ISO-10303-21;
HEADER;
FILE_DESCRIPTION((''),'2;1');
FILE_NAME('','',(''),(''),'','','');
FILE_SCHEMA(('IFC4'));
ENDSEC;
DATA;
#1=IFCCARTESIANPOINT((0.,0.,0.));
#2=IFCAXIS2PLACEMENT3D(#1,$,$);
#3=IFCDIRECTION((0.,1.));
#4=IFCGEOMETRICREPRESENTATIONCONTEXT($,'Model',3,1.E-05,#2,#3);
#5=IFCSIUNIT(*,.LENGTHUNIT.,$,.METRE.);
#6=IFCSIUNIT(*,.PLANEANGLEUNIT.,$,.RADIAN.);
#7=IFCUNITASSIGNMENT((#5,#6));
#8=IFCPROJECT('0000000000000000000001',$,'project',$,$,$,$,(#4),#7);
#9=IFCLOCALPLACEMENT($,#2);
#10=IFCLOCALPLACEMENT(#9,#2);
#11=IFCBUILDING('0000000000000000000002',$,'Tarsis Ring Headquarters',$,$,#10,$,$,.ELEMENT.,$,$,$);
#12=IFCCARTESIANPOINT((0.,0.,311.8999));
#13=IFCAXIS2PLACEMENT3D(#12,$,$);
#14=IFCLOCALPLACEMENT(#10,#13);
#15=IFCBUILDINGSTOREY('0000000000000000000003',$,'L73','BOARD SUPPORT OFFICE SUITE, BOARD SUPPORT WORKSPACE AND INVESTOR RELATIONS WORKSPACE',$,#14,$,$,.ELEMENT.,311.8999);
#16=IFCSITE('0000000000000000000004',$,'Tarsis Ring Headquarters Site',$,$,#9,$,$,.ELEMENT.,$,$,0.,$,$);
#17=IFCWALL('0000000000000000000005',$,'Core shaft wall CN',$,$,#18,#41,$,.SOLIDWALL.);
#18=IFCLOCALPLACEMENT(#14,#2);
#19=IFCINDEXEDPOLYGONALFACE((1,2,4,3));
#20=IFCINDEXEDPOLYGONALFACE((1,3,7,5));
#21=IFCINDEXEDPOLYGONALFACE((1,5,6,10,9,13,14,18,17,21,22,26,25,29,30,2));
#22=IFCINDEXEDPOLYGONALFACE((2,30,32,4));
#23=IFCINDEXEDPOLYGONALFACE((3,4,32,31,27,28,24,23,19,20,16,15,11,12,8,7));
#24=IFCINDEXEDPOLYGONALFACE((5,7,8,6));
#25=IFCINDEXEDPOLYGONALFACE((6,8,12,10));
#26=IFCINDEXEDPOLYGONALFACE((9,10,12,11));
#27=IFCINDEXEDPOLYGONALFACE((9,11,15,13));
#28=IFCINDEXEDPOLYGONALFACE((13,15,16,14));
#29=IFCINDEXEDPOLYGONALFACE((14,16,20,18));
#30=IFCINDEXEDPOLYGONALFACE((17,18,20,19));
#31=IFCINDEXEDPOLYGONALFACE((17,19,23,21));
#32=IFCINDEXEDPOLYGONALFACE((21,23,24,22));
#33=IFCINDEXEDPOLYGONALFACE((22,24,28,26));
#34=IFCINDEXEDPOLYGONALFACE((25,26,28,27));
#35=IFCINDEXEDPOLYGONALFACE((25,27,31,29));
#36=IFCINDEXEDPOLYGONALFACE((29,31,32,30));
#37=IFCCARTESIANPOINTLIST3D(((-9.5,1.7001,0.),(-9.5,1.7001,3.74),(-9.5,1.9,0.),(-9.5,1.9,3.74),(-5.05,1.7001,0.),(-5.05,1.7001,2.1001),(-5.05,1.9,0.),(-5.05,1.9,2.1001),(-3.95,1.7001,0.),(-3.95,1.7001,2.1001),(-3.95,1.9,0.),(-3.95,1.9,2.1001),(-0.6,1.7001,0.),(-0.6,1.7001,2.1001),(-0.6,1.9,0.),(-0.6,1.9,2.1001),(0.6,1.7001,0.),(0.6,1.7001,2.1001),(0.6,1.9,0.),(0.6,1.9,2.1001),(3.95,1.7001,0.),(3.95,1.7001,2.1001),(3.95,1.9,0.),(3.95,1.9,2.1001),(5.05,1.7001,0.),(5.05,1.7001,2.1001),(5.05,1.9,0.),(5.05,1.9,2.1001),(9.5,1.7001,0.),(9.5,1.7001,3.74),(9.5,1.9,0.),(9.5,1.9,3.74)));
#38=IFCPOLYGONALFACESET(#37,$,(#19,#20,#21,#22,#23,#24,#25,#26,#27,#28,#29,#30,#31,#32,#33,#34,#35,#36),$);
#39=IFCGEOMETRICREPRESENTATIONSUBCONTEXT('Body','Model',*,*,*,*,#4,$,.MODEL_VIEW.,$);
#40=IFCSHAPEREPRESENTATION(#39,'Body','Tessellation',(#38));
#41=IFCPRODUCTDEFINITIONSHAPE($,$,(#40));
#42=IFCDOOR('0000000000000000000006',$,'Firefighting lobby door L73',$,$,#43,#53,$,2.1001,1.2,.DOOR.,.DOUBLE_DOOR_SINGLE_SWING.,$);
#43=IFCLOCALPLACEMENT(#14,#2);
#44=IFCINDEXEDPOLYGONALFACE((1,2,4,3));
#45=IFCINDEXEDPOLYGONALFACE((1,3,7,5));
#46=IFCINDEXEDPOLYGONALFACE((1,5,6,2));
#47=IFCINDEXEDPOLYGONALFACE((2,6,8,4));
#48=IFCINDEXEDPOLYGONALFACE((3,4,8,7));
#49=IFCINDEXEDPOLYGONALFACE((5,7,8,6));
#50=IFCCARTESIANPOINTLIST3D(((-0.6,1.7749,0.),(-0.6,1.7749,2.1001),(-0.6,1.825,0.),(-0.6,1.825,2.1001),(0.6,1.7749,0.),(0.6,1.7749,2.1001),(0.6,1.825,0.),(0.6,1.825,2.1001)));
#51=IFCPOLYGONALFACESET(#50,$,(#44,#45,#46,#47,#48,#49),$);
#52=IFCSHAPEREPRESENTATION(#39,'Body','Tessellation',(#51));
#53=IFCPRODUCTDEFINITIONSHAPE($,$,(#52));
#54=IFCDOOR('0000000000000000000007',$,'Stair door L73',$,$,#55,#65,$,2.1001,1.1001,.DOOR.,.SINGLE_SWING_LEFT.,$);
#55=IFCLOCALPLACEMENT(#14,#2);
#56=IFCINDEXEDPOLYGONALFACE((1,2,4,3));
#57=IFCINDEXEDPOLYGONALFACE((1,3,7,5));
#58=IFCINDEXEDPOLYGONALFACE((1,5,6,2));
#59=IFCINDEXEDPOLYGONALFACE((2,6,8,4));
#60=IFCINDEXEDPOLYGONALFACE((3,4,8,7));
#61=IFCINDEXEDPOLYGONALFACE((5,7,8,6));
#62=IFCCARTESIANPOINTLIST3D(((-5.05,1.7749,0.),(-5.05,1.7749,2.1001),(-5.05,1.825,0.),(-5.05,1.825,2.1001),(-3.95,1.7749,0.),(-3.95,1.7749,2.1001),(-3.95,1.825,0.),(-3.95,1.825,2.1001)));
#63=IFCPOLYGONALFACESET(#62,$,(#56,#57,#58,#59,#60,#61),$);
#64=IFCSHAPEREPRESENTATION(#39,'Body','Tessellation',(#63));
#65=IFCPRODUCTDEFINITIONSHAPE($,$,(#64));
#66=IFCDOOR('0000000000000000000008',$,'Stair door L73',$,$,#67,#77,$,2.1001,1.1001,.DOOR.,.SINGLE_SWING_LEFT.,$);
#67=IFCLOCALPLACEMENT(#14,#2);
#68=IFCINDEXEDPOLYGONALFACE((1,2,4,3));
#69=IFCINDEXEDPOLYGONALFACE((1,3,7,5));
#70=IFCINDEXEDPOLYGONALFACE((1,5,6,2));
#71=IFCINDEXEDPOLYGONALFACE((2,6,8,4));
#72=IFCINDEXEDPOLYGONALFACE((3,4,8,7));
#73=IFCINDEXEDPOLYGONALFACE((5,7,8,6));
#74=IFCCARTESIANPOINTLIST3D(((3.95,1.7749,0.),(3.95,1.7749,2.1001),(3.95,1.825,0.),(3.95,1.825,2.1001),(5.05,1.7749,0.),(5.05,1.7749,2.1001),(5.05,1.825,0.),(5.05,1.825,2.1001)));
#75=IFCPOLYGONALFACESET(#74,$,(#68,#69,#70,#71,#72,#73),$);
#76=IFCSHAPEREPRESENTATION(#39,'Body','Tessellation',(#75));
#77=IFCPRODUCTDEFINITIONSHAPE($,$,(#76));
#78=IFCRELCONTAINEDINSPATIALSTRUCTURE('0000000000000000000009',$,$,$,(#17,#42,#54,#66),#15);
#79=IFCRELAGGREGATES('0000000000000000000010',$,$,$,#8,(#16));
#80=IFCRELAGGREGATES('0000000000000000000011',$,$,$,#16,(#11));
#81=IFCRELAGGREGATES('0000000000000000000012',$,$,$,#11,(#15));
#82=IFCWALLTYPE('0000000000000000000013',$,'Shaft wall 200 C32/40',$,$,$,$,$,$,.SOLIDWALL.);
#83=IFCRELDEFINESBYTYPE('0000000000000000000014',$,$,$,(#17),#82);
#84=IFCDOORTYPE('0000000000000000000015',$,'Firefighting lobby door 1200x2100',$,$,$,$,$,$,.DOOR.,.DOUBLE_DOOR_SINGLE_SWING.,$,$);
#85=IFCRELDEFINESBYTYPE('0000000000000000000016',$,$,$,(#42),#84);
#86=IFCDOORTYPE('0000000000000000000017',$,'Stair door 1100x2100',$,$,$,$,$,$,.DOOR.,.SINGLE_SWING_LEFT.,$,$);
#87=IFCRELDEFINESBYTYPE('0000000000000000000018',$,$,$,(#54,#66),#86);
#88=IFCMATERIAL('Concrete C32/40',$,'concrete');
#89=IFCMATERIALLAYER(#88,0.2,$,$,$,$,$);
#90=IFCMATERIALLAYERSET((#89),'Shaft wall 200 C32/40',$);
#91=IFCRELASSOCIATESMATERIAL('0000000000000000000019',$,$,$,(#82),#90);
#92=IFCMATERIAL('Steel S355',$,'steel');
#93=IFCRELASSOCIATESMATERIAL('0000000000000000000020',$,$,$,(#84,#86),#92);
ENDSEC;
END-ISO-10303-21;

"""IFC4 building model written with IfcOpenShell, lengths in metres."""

from ifc_helpers import new_model, si_unit, direction, frame, frame_2d, origin, place, context, subcontext, project, spatial, rectangle, extrude, material, layer, layer_set, type_object, element, fill, save


model = new_model("IFC4")

# Units and contexts
model_context = context("Model", 3, precision=1e-05, world=origin(), true_north=direction((0.0, 1.0)))
body_context = subcontext(model_context, "Body", "Model", "MODEL_VIEW")
ifc_project = project(units=[si_unit("LENGTHUNIT", "METRE"), si_unit("PLANEANGLEUNIT", "RADIAN")], contexts=[model_context])

# Site, building, storey
site_placement = place(None, origin())
site = spatial("IfcSite", under=ifc_project, at=site_placement, Name="Tarsis Ring Headquarters Site", CompositionType="ELEMENT", RefElevation=0.0)
building_placement = place(site_placement, origin())
building = spatial("IfcBuilding", under=site, at=building_placement, Name="Tarsis Ring Headquarters", CompositionType="ELEMENT")
storey_placement = place(building_placement, frame((0.0, 0.0, 311.8999)))
storey = spatial("IfcBuildingStorey", under=building, at=storey_placement, Name="L73", Description="BOARD SUPPORT OFFICE SUITE, BOARD SUPPORT WORKSPACE AND INVESTOR RELATIONS WORKSPACE", CompositionType="ELEMENT", Elevation=311.8999)

# Wall, openings, doors
ifc_material_1 = material(Name="Concrete C32/40", Category="concrete")
ifc_layer_1 = layer(ifc_material_1, 0.2)
ifc_layer_set_1 = layer_set([ifc_layer_1], Name="Shaft wall 200 C32/40")
wall_type_1 = type_object("IfcWallType", Name="Shaft wall 200 C32/40", PredefinedType="SOLIDWALL", material=ifc_layer_set_1)
wall_1_placement = place(storey_placement, frame((-9.5, 1.8, 0.0), z_axis=(0.0, 0.0, 1.0), x_axis=(1.0, 0.0, 0.0)))
wall_1 = element("IfcWall", 1, at=wall_1_placement, inside=storey, type_object=wall_type_1, Name="Core shaft wall CN", PredefinedType="SOLIDWALL", context=body_context, shape_type="SweptSolid", body=[
    extrude(rectangle(XDim=19.0, YDim=0.2, at=frame_2d((9.5, 0.0))), origin(), (0.0, 0.0, 1.0), 3.74),
])
opening_1_placement = place(wall_1_placement, frame((4.45, 0.0, 0.0)))
opening_1 = element("IfcOpeningElement", 2, at=opening_1_placement, cuts=wall_1, PredefinedType="OPENING", context=body_context, shape_type="SweptSolid", body=[
    extrude(rectangle(XDim=1.1001, YDim=2.1001, at=frame_2d((0.55, 1.05))), frame((0.0, 0.1099, 0.0), z_axis=(0.0, -1.0, 0.0), x_axis=(1.0, 0.0, 0.0)), (0.0, 0.0, 1.0), 0.22),
])
opening_2_placement = place(wall_1_placement, frame((8.8999, 0.0, 0.0)))
opening_2 = element("IfcOpeningElement", 3, at=opening_2_placement, cuts=wall_1, PredefinedType="OPENING", context=body_context, shape_type="SweptSolid", body=[
    extrude(rectangle(XDim=1.2, YDim=2.1001, at=frame_2d((0.6001, 1.05))), frame((0.0, 0.1099, 0.0), z_axis=(0.0, -1.0, 0.0), x_axis=(1.0, 0.0, 0.0)), (0.0, 0.0, 1.0), 0.22),
])
opening_3_placement = place(wall_1_placement, frame((13.45, 0.0, 0.0)))
opening_3 = element("IfcOpeningElement", 4, at=opening_3_placement, cuts=wall_1, PredefinedType="OPENING", context=body_context, shape_type="SweptSolid", body=[
    extrude(rectangle(XDim=1.1001, YDim=2.1001, at=frame_2d((0.55, 1.05))), frame((0.0, 0.1099, 0.0), z_axis=(0.0, -1.0, 0.0), x_axis=(1.0, 0.0, 0.0)), (0.0, 0.0, 1.0), 0.22),
])
ifc_material_2 = material(Name="Steel S355", Category="steel")
door_type_1 = type_object("IfcDoorType", Name="Firefighting lobby door 1200x2100", OperationType="DOUBLE_DOOR_SINGLE_SWING", PredefinedType="DOOR", material=ifc_material_2)
door_1_placement = place(opening_2_placement, origin())
door_1 = element("IfcDoor", 5, at=door_1_placement, inside=storey, type_object=door_type_1, Name="Firefighting lobby door L73", OperationType="DOUBLE_DOOR_SINGLE_SWING", OverallHeight=2.1001, OverallWidth=1.2, PredefinedType="DOOR", context=body_context, shape_type="SweptSolid", body=[
    extrude(rectangle(XDim=1.2, YDim=2.1001, at=frame_2d((0.6001, 1.05))), frame((0.0, 0.0249, 0.0), z_axis=(0.0, -1.0, 0.0), x_axis=(1.0, 0.0, 0.0)), (0.0, 0.0, 1.0), 0.05),
])
fill(opening_2, door_1)
door_type_2 = type_object("IfcDoorType", Name="Stair door 1100x2100", OperationType="SINGLE_SWING_LEFT", PredefinedType="DOOR", material=ifc_material_2)
door_2_placement = place(opening_1_placement, origin())
door_2 = element("IfcDoor", 6, at=door_2_placement, inside=storey, type_object=door_type_2, Name="Stair door L73", OperationType="SINGLE_SWING_LEFT", OverallHeight=2.1001, OverallWidth=1.1001, PredefinedType="DOOR", context=body_context, shape_type="SweptSolid", body=[
    extrude(rectangle(XDim=1.1001, YDim=2.1001, at=frame_2d((0.55, 1.05))), frame((0.0, 0.0249, 0.0), z_axis=(0.0, -1.0, 0.0), x_axis=(1.0, 0.0, 0.0)), (0.0, 0.0, 1.0), 0.05),
])
fill(opening_1, door_2)
door_3_placement = place(opening_3_placement, origin())
door_3 = element("IfcDoor", 7, at=door_3_placement, inside=storey, type_object=door_type_2, Name="Stair door L73", OperationType="SINGLE_SWING_LEFT", OverallHeight=2.1001, OverallWidth=1.1001, PredefinedType="DOOR", context=body_context, shape_type="SweptSolid", body=[
    extrude(rectangle(XDim=1.1001, YDim=2.1001, at=frame_2d((0.55, 1.05))), frame((0.0, 0.0249, 0.0), z_axis=(0.0, -1.0, 0.0), x_axis=(1.0, 0.0, 0.0)), (0.0, 0.0, 1.0), 0.05),
])
fill(opening_3, door_3)

save(model, "model.ifc")
